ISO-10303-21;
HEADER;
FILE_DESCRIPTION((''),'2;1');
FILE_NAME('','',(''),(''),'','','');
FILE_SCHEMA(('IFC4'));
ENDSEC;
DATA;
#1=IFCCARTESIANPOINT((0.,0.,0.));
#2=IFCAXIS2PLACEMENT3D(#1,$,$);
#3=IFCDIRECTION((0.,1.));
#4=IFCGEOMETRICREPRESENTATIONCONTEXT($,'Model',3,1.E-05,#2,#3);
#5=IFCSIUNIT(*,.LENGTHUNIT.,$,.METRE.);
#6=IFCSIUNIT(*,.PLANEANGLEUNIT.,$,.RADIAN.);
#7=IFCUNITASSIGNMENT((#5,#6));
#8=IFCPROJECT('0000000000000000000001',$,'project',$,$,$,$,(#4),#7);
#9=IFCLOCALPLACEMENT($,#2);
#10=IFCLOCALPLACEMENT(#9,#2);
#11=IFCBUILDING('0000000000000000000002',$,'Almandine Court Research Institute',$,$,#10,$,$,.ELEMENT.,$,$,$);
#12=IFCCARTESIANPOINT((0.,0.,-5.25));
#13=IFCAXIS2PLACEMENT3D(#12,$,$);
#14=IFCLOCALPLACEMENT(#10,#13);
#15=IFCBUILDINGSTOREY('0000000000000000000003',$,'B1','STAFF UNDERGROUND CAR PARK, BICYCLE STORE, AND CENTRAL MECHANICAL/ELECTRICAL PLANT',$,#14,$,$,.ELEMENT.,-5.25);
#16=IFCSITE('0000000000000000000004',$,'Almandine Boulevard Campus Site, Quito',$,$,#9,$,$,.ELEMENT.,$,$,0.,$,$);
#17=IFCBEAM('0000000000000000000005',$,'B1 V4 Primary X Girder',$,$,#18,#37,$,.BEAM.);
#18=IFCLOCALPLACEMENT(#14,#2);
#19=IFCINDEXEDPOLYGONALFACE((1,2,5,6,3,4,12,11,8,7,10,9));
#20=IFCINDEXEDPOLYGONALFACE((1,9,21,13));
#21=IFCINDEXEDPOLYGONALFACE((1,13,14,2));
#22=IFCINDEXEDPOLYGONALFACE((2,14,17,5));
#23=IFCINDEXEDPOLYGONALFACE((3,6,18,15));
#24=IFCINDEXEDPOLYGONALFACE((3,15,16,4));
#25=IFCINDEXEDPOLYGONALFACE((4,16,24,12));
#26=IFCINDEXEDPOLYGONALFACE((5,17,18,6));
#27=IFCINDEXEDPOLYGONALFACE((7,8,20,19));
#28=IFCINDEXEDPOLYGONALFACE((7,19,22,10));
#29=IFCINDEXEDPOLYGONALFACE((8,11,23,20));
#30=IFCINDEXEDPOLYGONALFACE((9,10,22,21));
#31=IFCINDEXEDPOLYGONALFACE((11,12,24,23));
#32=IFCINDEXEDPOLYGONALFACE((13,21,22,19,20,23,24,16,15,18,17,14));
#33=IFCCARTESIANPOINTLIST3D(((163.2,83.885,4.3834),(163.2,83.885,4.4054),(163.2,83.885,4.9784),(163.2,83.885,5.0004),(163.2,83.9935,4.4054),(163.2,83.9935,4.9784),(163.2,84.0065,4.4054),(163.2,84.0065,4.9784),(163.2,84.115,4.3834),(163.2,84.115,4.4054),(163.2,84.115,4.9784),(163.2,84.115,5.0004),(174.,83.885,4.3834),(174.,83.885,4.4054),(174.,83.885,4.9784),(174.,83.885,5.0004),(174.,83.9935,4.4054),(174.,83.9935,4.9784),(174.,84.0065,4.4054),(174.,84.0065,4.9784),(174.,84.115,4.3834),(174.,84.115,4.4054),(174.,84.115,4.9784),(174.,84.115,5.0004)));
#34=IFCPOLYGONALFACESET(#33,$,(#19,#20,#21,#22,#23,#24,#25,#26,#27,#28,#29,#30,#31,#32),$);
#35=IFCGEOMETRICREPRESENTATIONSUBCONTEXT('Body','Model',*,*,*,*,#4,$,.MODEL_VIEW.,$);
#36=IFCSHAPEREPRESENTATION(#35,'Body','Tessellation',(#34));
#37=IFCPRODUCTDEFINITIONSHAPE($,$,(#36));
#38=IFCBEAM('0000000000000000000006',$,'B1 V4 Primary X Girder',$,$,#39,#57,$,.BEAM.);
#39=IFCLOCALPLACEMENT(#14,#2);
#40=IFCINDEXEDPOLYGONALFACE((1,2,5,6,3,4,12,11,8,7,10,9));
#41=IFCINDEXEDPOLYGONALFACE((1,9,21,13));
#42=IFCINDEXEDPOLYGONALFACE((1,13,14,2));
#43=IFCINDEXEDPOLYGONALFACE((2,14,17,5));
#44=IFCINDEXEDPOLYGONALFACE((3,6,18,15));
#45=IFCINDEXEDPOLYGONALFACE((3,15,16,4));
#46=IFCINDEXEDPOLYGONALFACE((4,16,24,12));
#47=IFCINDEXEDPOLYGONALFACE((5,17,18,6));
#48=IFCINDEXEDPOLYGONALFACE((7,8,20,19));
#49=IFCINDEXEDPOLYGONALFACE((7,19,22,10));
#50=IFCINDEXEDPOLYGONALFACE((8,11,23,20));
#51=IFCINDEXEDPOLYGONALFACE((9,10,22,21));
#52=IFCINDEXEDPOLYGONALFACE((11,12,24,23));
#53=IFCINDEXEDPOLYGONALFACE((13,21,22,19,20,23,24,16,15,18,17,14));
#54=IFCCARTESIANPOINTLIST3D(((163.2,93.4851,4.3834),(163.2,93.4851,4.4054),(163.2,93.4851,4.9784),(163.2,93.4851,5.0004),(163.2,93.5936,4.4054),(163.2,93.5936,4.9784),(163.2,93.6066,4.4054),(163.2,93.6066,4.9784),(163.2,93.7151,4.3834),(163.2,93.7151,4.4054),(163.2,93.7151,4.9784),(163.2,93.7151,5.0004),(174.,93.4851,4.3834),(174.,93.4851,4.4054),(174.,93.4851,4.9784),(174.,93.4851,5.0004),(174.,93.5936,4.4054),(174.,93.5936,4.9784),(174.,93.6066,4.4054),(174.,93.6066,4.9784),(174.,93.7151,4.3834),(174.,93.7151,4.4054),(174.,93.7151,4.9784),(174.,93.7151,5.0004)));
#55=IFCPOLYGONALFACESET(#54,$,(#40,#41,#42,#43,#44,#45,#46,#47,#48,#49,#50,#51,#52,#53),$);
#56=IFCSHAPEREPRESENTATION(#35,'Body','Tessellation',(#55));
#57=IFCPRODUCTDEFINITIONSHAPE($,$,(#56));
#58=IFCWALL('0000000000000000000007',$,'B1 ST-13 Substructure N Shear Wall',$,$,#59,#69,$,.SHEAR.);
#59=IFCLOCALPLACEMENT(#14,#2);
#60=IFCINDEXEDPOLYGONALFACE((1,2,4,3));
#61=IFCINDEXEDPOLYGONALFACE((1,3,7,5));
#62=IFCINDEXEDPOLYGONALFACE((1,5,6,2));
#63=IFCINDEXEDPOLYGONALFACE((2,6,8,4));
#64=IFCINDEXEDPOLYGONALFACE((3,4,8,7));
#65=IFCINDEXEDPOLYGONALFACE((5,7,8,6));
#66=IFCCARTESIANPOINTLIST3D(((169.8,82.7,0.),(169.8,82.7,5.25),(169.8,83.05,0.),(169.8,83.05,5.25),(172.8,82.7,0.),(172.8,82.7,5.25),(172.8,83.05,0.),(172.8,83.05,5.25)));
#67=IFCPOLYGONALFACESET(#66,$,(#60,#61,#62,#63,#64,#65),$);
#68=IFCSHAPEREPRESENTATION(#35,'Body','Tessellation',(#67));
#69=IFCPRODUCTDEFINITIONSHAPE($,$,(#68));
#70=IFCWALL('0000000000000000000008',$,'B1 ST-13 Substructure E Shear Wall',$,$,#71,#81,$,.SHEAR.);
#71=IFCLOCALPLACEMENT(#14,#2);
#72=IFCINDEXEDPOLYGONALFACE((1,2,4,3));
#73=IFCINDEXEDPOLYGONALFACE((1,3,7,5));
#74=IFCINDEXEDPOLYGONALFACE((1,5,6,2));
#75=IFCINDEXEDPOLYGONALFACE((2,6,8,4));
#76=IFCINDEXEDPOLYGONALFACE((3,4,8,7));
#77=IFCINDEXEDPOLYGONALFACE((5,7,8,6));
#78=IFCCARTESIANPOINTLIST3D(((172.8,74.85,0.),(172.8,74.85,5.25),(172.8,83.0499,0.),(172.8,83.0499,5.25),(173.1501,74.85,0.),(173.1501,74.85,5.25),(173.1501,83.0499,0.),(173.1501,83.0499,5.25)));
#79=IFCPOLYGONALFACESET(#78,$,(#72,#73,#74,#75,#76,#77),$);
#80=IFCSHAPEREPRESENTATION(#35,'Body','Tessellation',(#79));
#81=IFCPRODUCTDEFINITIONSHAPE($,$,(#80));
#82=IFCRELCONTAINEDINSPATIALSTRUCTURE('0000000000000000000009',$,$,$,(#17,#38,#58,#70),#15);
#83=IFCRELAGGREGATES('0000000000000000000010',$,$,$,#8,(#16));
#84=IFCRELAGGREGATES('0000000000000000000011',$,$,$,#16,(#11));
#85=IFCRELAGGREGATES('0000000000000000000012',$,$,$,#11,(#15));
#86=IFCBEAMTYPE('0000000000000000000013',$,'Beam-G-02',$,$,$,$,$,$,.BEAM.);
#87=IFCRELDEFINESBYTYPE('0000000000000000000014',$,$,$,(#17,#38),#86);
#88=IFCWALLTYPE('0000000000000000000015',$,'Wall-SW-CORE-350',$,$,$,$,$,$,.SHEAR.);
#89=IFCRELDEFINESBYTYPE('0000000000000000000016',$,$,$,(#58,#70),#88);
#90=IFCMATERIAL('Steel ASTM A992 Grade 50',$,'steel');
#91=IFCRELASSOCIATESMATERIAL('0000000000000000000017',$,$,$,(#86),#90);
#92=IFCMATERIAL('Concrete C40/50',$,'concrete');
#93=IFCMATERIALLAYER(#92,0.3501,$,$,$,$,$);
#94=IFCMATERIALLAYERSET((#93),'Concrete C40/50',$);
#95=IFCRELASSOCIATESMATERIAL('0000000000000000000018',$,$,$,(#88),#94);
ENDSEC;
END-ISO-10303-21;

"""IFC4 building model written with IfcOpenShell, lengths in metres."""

from ifc_helpers import new_model, si_unit, direction, frame, frame_2d, origin, origin_2d, place, context, subcontext, project, spatial, rectangle, i_section, extrude, material, layer, layer_set, material_profile, profile_set, type_object, element, save


model = new_model("IFC4")

# Units and contexts
model_context = context("Model", 3, precision=1e-05, world=origin(), true_north=direction((0.0, 1.0)))
body_context = subcontext(model_context, "Body", "Model", "MODEL_VIEW")
ifc_project = project(units=[si_unit("LENGTHUNIT", "METRE"), si_unit("PLANEANGLEUNIT", "RADIAN")], contexts=[model_context])

# Site, building, storey
site_placement = place(None, origin())
site = spatial("IfcSite", under=ifc_project, at=site_placement, Name="Almandine Boulevard Campus Site, Quito", CompositionType="ELEMENT", RefElevation=0.0)
building_placement = place(site_placement, origin())
building = spatial("IfcBuilding", under=site, at=building_placement, Name="Almandine Court Research Institute", CompositionType="ELEMENT")
storey_placement = place(building_placement, frame((0.0, 0.0, -5.25)))
storey = spatial("IfcBuildingStorey", under=building, at=storey_placement, Name="B1", Description="STAFF UNDERGROUND CAR PARK, BICYCLE STORE, AND CENTRAL MECHANICAL/ELECTRICAL PLANT", CompositionType="ELEMENT", Elevation=-5.25)

# Shared definitions
ifc_material_1 = material(Name="Concrete C40/50", Category="concrete")

# Beams
ifc_material_2 = material(Name="Steel ASTM A992 Grade 50", Category="steel")
ifc_material_profile_1 = material_profile(ifc_material_2, i_section(OverallWidth=0.23, OverallDepth=0.6169, WebThickness=0.0129, FlangeThickness=0.022, at=origin_2d()), Name="W610x140")
ifc_profile_set_1 = profile_set([ifc_material_profile_1], Name="Steel ASTM A992 Grade 50")
beam_type_1 = type_object("IfcBeamType", Name="Beam-G-02", PredefinedType="BEAM", material=ifc_profile_set_1)
for number, where, z_axis, x_axis, name in (
    (1, (163.2, 84.0, 4.6919), (1.0, 0.0, 0.0), (0.0, 1.0, 0.0), "B1 V4 Primary X Girder"),
    (2, (163.2, 93.6001, 4.6919), (1.0, 0.0, 0.0), (0.0, 1.0, 0.0), "B1 V4 Primary X Girder"),
):
    element("IfcBeam", number, at=place(storey_placement, frame(where, z_axis=z_axis, x_axis=x_axis)), inside=storey, type_object=beam_type_1, Name=name, PredefinedType="BEAM", context=body_context, shape_type="SweptSolid", body=[
        extrude(i_section(OverallWidth=0.23, OverallDepth=0.6169, WebThickness=0.0129, FlangeThickness=0.022, at=origin_2d()), origin(), (0.0, 0.0, 1.0), 10.8),
    ])

# Walls
ifc_layer = layer(ifc_material_1, 0.3501)
ifc_layer_set = layer_set([ifc_layer], Name="Concrete C40/50")
wall_type = type_object("IfcWallType", Name="Wall-SW-CORE-350", PredefinedType="SHEAR", material=ifc_layer_set)
wall_1_placement = place(storey_placement, frame((169.8, 82.875, 0.0), z_axis=(0.0, 0.0, 1.0), x_axis=(1.0, 0.0, 0.0)))
element("IfcWall", 3, at=wall_1_placement, inside=storey, type_object=wall_type, Name="B1 ST-13 Substructure N Shear Wall", PredefinedType="SHEAR", context=body_context, shape_type="SweptSolid", body=[
    extrude(rectangle(XDim=3.0, YDim=0.3501, at=frame_2d((1.5, 0.0))), origin(), (0.0, 0.0, 1.0), 5.25),
])
wall_2_placement = place(storey_placement, frame((172.9751, 83.05, 0.0), z_axis=(0.0, 0.0, 1.0), x_axis=(0.0, -1.0, 0.0)))
element("IfcWall", 4, at=wall_2_placement, inside=storey, type_object=wall_type, Name="B1 ST-13 Substructure E Shear Wall", PredefinedType="SHEAR", context=body_context, shape_type="SweptSolid", body=[
    extrude(rectangle(XDim=8.2, YDim=0.3501, at=frame_2d((4.1001, 0.0))), origin(), (0.0, 0.0, 1.0), 5.25),
])

save(model, "model.ifc")
